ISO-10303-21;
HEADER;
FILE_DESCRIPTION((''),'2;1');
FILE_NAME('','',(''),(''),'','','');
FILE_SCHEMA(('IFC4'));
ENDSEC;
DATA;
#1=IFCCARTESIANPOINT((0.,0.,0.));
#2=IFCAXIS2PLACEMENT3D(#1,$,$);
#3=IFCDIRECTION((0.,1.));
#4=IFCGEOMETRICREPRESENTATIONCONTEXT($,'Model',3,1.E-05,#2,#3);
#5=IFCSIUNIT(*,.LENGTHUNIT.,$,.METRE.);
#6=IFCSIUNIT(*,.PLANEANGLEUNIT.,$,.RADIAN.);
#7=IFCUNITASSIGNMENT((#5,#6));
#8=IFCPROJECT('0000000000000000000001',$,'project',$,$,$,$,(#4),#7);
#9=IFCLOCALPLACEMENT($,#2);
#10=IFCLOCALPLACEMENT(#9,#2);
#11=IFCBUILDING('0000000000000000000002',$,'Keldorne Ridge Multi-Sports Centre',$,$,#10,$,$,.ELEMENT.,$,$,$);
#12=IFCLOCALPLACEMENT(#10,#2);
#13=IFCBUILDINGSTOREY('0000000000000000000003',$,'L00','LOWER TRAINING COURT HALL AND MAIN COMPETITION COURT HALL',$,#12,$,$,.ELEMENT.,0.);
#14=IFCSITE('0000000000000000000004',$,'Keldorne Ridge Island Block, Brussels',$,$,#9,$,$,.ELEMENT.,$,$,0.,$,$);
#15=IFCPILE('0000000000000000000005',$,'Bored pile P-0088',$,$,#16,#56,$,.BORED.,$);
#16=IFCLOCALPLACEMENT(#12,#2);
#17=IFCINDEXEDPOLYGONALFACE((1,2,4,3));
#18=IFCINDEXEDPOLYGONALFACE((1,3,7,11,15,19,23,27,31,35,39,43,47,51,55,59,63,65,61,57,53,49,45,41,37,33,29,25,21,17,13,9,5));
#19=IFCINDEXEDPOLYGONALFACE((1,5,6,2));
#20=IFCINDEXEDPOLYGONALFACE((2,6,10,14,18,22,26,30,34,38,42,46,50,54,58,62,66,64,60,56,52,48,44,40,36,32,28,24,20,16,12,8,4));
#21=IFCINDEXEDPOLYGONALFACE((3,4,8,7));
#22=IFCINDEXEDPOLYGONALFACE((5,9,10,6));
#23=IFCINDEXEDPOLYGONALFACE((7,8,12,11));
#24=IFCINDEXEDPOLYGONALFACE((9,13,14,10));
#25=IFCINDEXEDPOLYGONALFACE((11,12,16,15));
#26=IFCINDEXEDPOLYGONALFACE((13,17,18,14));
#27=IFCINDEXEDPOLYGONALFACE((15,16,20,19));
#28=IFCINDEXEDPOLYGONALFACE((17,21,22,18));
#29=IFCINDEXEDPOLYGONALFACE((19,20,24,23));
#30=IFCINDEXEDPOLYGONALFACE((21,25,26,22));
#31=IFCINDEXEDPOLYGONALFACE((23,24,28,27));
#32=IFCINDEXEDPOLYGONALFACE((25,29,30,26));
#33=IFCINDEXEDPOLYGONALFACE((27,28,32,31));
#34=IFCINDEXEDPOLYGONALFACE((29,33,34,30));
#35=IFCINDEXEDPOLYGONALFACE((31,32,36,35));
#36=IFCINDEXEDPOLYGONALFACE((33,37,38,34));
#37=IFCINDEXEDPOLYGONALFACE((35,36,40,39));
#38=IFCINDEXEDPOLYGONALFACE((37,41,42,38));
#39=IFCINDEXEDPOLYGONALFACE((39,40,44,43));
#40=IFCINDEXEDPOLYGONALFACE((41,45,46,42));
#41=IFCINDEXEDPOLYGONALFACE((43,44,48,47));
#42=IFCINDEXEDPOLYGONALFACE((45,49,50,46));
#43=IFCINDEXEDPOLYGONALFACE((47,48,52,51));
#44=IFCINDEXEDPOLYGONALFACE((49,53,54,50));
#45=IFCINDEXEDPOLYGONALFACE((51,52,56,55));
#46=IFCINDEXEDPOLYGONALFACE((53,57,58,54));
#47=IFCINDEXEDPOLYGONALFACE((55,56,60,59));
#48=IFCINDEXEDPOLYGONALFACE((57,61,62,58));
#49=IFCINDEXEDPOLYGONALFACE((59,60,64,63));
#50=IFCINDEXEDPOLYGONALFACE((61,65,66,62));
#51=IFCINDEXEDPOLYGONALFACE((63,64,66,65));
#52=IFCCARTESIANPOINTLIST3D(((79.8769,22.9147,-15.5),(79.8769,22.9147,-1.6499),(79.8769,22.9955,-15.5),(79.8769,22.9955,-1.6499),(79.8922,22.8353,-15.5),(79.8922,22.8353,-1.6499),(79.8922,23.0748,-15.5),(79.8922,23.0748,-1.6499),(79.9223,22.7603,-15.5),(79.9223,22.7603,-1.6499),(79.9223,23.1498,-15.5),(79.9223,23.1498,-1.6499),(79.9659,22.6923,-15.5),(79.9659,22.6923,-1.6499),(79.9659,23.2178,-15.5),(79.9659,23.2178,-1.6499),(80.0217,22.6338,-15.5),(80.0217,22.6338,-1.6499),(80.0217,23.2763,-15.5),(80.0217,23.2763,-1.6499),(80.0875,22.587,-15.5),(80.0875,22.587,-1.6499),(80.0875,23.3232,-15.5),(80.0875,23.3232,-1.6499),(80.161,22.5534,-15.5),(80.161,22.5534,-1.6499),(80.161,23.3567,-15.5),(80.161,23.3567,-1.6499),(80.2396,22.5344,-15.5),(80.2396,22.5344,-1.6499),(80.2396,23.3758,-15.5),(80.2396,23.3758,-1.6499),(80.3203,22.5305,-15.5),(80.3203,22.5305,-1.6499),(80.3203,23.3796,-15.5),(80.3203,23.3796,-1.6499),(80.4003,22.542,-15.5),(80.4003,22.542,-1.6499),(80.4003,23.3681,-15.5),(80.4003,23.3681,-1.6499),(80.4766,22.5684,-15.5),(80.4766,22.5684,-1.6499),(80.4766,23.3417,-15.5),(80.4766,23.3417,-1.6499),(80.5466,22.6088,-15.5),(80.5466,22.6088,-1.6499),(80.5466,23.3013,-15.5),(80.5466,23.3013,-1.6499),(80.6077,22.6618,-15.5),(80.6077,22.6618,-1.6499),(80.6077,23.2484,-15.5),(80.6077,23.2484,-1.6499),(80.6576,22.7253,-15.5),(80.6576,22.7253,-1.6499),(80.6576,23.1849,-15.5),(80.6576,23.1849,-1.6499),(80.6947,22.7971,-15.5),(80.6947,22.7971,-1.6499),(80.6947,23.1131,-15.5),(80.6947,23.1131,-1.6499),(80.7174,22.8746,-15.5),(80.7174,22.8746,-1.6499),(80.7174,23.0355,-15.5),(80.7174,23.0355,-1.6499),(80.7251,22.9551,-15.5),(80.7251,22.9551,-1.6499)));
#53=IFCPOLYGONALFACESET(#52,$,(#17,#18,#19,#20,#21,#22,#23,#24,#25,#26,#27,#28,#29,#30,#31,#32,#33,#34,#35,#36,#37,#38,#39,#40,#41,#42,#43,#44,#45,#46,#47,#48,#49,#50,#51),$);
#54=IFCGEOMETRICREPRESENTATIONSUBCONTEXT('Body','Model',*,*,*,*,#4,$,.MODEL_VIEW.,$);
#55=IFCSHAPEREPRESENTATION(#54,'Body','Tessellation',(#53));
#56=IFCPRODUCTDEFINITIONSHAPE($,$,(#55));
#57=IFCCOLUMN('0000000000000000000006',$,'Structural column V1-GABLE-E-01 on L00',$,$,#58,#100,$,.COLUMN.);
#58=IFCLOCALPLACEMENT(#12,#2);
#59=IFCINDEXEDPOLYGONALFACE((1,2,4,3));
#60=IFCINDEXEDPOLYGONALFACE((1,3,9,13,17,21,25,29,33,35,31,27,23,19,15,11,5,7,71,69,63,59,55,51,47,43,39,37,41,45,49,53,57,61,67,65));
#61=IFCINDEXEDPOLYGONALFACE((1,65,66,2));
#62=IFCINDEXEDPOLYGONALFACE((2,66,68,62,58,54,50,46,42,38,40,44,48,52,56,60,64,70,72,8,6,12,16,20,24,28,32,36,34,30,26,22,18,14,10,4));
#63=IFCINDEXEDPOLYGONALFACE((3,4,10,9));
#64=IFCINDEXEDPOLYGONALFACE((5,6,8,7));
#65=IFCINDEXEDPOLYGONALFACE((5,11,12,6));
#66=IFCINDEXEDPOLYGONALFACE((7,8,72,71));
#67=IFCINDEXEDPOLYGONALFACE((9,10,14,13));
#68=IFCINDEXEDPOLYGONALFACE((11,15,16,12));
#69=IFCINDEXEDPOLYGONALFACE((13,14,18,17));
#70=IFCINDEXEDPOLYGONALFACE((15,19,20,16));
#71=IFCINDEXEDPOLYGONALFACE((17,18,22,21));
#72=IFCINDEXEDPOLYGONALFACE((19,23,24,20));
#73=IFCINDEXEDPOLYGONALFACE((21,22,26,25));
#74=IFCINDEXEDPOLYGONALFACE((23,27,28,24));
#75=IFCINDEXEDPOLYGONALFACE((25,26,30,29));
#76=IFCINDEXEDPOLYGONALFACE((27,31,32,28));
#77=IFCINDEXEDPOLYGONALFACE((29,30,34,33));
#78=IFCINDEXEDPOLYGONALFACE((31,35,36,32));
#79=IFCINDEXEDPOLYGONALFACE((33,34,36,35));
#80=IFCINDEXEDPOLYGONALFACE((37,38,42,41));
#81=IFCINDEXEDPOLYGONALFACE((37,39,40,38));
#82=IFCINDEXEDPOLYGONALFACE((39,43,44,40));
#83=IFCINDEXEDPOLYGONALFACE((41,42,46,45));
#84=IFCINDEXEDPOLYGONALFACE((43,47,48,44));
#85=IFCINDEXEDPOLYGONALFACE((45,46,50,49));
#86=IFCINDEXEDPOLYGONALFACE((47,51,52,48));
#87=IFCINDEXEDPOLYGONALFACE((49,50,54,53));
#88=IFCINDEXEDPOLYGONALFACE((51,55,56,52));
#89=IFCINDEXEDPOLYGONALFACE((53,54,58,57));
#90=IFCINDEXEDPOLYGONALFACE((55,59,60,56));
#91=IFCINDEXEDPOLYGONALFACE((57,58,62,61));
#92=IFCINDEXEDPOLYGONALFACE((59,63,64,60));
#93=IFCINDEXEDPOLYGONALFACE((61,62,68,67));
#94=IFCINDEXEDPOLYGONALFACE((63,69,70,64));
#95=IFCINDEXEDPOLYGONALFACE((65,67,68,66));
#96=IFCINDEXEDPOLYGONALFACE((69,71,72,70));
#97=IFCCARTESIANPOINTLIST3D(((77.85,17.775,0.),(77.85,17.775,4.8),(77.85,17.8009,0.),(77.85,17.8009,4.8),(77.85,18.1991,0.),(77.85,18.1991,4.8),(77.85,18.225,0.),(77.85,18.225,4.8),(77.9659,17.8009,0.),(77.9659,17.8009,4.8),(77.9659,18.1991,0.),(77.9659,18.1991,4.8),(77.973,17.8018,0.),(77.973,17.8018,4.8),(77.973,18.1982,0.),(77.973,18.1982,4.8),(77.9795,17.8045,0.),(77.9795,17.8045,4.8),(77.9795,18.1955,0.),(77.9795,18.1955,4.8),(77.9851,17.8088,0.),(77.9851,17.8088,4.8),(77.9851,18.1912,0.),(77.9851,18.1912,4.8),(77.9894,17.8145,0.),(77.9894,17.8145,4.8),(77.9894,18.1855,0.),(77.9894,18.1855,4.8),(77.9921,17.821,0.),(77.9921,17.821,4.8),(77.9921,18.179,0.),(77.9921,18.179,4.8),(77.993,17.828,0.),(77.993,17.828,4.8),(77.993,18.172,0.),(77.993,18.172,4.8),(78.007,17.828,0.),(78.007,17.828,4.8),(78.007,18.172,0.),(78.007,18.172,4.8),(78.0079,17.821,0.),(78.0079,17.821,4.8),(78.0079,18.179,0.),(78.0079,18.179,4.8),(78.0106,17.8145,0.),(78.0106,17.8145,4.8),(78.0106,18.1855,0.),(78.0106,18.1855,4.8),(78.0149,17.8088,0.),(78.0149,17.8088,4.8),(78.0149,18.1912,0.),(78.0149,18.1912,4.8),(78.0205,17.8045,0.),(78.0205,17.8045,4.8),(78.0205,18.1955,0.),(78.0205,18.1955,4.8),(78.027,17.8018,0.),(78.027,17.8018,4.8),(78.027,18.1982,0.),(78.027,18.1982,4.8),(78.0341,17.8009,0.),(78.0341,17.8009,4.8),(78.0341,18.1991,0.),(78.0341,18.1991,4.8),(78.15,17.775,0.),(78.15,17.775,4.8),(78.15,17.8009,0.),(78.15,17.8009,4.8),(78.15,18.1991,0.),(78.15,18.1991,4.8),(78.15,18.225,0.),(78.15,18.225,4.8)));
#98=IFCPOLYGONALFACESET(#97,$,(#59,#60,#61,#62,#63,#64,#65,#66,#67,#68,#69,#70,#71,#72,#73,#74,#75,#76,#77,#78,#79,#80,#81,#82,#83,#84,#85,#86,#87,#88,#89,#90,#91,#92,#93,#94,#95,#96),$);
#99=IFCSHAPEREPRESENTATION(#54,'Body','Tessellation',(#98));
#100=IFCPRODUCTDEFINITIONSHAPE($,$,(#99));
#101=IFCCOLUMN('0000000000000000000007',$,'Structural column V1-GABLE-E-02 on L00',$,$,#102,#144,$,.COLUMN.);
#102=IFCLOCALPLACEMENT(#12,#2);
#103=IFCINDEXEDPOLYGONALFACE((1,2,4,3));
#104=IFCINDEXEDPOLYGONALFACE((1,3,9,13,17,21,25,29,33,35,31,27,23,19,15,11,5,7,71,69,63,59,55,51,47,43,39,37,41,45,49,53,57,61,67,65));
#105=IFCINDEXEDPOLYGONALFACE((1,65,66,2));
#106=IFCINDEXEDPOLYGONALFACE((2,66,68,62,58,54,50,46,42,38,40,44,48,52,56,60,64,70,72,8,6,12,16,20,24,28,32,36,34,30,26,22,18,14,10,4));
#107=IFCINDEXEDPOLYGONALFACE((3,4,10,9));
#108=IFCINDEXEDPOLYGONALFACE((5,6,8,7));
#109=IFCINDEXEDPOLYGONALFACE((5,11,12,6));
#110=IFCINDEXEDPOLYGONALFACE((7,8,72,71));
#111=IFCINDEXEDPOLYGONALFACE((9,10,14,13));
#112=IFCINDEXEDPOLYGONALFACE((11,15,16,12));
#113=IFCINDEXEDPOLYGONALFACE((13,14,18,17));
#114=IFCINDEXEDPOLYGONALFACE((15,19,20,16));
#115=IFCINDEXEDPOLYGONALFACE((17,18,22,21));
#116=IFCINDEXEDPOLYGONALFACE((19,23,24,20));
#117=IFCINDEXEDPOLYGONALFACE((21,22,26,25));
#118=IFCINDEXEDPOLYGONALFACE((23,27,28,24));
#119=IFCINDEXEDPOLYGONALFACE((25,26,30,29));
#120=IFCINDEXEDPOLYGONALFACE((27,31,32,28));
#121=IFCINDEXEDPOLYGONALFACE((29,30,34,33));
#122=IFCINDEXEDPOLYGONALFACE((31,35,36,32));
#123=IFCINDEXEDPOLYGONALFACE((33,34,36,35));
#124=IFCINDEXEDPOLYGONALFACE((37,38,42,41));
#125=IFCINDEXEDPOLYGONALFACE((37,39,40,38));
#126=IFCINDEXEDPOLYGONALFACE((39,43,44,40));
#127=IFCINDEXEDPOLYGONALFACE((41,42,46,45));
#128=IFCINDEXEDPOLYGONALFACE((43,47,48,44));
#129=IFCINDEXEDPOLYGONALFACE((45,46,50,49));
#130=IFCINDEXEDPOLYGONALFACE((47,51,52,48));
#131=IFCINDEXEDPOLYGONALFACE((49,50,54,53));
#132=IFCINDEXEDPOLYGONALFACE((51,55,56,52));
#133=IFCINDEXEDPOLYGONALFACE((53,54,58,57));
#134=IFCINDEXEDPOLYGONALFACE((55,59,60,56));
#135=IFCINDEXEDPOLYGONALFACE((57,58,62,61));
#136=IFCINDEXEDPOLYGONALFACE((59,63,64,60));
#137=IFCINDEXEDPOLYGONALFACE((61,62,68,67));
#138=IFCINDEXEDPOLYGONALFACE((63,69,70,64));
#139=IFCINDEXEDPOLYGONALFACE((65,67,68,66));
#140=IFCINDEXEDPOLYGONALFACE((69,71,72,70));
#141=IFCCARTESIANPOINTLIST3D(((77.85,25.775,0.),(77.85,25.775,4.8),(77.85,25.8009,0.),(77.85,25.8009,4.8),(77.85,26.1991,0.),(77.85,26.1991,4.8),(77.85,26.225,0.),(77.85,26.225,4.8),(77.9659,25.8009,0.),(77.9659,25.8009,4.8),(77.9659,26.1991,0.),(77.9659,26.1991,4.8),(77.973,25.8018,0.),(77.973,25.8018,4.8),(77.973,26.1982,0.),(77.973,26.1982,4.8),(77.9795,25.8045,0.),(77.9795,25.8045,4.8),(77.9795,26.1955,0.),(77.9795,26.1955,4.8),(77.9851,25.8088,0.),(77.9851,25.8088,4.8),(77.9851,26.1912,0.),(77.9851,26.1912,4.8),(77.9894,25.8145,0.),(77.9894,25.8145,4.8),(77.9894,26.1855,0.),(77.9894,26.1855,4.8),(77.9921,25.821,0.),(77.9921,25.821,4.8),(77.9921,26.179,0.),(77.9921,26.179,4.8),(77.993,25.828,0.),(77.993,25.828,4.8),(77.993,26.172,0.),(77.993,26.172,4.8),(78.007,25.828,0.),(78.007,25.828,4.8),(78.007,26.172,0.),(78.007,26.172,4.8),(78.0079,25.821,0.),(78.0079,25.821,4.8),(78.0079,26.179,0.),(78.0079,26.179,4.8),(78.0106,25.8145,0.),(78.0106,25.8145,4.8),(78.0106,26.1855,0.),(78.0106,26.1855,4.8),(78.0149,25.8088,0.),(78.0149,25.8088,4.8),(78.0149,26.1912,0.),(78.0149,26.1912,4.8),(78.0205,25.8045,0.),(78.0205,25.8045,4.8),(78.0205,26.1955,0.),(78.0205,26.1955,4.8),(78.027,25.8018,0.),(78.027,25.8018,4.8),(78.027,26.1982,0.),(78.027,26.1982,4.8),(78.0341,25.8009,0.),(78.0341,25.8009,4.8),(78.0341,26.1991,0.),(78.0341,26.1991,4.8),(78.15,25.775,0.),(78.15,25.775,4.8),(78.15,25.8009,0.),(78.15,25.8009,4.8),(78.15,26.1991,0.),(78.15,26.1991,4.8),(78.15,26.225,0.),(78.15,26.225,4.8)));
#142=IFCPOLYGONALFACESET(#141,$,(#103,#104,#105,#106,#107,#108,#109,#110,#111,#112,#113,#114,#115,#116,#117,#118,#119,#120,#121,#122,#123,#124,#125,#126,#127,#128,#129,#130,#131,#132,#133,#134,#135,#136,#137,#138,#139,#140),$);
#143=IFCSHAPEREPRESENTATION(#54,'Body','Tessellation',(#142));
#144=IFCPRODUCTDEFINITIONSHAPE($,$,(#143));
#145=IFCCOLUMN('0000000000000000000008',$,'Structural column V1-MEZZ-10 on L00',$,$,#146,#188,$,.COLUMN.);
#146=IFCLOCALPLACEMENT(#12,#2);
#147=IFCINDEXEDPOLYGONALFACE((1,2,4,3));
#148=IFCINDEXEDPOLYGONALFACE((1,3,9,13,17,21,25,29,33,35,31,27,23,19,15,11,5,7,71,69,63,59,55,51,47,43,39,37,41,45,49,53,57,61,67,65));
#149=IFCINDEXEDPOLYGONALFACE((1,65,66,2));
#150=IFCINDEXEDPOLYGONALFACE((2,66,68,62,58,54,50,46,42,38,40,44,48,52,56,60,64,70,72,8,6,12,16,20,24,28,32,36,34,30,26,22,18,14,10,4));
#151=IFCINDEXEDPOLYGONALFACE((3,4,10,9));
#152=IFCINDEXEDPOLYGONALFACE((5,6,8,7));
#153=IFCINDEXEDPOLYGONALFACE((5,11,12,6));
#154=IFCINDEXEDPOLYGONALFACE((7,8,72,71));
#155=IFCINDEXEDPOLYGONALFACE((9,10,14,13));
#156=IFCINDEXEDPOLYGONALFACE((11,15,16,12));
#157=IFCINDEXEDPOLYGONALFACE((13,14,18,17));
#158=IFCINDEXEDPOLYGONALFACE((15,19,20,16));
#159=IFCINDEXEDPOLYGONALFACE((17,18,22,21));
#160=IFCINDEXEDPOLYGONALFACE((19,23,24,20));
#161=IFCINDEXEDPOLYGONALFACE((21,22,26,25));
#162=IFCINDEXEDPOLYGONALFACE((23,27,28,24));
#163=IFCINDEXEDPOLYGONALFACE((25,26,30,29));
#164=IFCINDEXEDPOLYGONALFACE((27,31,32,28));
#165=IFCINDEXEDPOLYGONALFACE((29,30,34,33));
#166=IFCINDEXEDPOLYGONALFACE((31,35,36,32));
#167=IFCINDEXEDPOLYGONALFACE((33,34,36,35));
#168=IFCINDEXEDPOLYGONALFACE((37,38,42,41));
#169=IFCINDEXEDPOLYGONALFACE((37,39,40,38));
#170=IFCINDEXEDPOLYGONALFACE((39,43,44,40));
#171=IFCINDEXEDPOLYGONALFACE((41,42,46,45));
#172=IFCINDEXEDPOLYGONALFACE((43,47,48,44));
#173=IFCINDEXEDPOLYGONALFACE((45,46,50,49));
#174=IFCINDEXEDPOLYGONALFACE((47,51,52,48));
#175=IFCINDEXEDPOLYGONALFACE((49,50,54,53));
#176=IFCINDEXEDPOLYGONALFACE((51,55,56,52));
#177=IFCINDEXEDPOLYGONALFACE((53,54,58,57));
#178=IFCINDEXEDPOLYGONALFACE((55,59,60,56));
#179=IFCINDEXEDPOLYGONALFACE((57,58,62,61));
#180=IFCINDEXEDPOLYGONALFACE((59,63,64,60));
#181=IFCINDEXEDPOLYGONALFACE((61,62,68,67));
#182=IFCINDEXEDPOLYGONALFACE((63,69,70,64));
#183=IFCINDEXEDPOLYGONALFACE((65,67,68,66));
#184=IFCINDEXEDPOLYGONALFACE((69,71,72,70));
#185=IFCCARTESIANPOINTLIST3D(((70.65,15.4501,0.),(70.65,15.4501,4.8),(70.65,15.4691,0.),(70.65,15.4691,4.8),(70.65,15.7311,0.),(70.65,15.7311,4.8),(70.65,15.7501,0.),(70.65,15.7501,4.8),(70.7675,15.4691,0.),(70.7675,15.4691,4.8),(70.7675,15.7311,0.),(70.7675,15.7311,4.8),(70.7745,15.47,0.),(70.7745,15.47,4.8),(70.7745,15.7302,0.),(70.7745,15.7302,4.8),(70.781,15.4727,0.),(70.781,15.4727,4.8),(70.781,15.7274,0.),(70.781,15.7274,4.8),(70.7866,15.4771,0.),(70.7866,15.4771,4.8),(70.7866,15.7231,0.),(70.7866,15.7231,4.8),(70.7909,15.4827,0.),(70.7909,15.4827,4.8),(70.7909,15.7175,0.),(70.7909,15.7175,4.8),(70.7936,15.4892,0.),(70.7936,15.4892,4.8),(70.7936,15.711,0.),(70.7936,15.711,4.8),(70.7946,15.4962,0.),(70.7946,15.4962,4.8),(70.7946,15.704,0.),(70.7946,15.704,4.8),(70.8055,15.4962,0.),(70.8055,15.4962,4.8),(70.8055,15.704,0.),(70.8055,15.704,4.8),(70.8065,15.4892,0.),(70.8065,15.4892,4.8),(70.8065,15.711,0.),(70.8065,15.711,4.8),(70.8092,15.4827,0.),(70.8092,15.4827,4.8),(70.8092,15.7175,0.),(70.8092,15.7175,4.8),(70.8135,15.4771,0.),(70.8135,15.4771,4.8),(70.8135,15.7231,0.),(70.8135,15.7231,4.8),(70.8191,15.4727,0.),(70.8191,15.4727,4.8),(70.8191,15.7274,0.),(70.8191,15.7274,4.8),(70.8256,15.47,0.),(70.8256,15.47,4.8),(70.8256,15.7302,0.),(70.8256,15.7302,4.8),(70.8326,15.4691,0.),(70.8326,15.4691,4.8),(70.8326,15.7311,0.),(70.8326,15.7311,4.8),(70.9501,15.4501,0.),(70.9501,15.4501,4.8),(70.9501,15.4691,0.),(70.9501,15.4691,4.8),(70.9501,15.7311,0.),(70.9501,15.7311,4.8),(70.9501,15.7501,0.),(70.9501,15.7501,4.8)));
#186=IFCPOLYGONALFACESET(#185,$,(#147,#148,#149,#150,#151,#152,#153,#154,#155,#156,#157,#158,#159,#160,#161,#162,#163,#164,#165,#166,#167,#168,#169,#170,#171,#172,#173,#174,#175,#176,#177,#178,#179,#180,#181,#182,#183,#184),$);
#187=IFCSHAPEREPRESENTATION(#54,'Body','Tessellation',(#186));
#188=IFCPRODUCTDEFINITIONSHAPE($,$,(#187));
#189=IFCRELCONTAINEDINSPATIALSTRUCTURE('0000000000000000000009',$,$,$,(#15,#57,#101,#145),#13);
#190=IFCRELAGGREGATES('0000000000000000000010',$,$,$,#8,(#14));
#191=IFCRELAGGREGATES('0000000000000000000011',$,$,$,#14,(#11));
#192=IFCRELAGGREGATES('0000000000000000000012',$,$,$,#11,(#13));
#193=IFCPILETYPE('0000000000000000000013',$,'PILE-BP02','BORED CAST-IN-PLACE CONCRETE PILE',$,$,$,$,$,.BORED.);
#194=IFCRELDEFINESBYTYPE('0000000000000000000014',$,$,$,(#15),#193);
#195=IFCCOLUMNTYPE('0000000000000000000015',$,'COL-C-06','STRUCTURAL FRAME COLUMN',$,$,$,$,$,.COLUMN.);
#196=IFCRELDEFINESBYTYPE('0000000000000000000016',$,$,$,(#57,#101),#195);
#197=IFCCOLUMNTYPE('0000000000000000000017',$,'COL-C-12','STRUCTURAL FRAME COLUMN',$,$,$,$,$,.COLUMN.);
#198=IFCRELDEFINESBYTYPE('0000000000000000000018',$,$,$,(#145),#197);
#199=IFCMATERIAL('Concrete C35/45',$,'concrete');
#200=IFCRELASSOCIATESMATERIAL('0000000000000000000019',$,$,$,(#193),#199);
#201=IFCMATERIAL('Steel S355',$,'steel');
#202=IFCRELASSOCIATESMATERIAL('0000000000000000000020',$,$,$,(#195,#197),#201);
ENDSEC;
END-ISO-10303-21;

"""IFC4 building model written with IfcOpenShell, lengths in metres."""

from ifc_helpers import new_model, si_unit, direction, frame, origin, origin_2d, place, context, subcontext, project, spatial, circle, i_section, extrude, material, material_profile, profile_set, type_object, element, save


model = new_model("IFC4")

# Units and contexts
model_context = context("Model", 3, precision=1e-05, world=origin(), true_north=direction((0.0, 1.0)))
body_context = subcontext(model_context, "Body", "Model", "MODEL_VIEW")
ifc_project = project(units=[si_unit("LENGTHUNIT", "METRE"), si_unit("PLANEANGLEUNIT", "RADIAN")], contexts=[model_context])

# Site, building, storey
site_placement = place(None, origin())
site = spatial("IfcSite", under=ifc_project, at=site_placement, Name="Keldorne Ridge Island Block, Brussels", CompositionType="ELEMENT", RefElevation=0.0)
building_placement = place(site_placement, origin())
building = spatial("IfcBuilding", under=site, at=building_placement, Name="Keldorne Ridge Multi-Sports Centre", CompositionType="ELEMENT")
storey_placement = place(building_placement, origin())
storey = spatial("IfcBuildingStorey", under=building, at=storey_placement, Name="L00", Description="LOWER TRAINING COURT HALL AND MAIN COMPETITION COURT HALL", CompositionType="ELEMENT", Elevation=0.0)

# Shared definitions
ifc_material_1 = material(Name="Concrete C35/45", Category="concrete")

# Pile
ifc_material_profile_1 = material_profile(ifc_material_1, circle(Radius=0.425, at=origin_2d()), Name="BORED PILE D850")
ifc_profile_set_1 = profile_set([ifc_material_profile_1], Name="Concrete C35/45")
pile_type_1 = type_object("IfcPileType", Name="PILE-BP02", Description="BORED CAST-IN-PLACE CONCRETE PILE", PredefinedType="BORED", material=ifc_profile_set_1)
for number, where, z_axis, x_axis, name in (
    (1, (80.3, 22.9551, -1.6499), (0.0, 0.0, -1.0), (1.0, 0.0, 0.0), "Bored pile P-0088"),
):
    element("IfcPile", number, at=place(storey_placement, frame(where, z_axis=z_axis, x_axis=x_axis)), inside=storey, type_object=pile_type_1, Name=name, PredefinedType="BORED", context=body_context, shape_type="SweptSolid", body=[
        extrude(circle(Radius=0.425, at=origin_2d()), origin(), (0.0, 0.0, 1.0), 13.8501),
    ])

# Columns
ifc_material_2 = material(Name="Steel S355", Category="steel")
ifc_material_profile_2 = material_profile(ifc_material_2, i_section(OverallWidth=0.3, OverallDepth=0.45, WebThickness=0.0139, FlangeThickness=0.0259, FilletRadius=0.0271, at=origin_2d()), Name="HEB 450")
ifc_profile_set_2 = profile_set([ifc_material_profile_2], Name="Steel S355")
column_type_1 = type_object("IfcColumnType", Name="COL-C-06", Description="STRUCTURAL FRAME COLUMN", PredefinedType="COLUMN", material=ifc_profile_set_2)
for number, where, z_axis, x_axis, name in (
    (2, (78.0, 18.0, 0.0), (0.0, 0.0, 1.0), (1.0, 0.0, 0.0), "Structural column V1-GABLE-E-01 on L00"),
    (3, (78.0, 26.0, 0.0), (0.0, 0.0, 1.0), (1.0, 0.0, 0.0), "Structural column V1-GABLE-E-02 on L00"),
):
    element("IfcColumn", number, at=place(storey_placement, frame(where, z_axis=z_axis, x_axis=x_axis)), inside=storey, type_object=column_type_1, Name=name, PredefinedType="COLUMN", context=body_context, shape_type="SweptSolid", body=[
        extrude(i_section(OverallWidth=0.3, OverallDepth=0.45, WebThickness=0.0139, FlangeThickness=0.0259, FilletRadius=0.0271, at=origin_2d()), origin(), (0.0, 0.0, 1.0), 4.8),
    ])
ifc_material_profile_3 = material_profile(ifc_material_2, i_section(OverallWidth=0.3, OverallDepth=0.3, WebThickness=0.011, FlangeThickness=0.019, FilletRadius=0.0271, at=origin_2d()), Name="HEB 300")
ifc_profile_set_3 = profile_set([ifc_material_profile_3], Name="Steel S355")
column_type_2 = type_object("IfcColumnType", Name="COL-C-12", Description="STRUCTURAL FRAME COLUMN", PredefinedType="COLUMN", material=ifc_profile_set_3)
column_placement = place(storey_placement, frame((70.8, 15.6001, 0.0), z_axis=(0.0, 0.0, 1.0), x_axis=(1.0, 0.0, 0.0)))
element("IfcColumn", 4, at=column_placement, inside=storey, type_object=column_type_2, Name="Structural column V1-MEZZ-10 on L00", PredefinedType="COLUMN", context=body_context, shape_type="SweptSolid", body=[
    extrude(i_section(OverallWidth=0.3, OverallDepth=0.3, WebThickness=0.011, FlangeThickness=0.019, FilletRadius=0.0271, at=origin_2d()), origin(), (0.0, 0.0, 1.0), 4.8),
])

save(model, "model.ifc")
